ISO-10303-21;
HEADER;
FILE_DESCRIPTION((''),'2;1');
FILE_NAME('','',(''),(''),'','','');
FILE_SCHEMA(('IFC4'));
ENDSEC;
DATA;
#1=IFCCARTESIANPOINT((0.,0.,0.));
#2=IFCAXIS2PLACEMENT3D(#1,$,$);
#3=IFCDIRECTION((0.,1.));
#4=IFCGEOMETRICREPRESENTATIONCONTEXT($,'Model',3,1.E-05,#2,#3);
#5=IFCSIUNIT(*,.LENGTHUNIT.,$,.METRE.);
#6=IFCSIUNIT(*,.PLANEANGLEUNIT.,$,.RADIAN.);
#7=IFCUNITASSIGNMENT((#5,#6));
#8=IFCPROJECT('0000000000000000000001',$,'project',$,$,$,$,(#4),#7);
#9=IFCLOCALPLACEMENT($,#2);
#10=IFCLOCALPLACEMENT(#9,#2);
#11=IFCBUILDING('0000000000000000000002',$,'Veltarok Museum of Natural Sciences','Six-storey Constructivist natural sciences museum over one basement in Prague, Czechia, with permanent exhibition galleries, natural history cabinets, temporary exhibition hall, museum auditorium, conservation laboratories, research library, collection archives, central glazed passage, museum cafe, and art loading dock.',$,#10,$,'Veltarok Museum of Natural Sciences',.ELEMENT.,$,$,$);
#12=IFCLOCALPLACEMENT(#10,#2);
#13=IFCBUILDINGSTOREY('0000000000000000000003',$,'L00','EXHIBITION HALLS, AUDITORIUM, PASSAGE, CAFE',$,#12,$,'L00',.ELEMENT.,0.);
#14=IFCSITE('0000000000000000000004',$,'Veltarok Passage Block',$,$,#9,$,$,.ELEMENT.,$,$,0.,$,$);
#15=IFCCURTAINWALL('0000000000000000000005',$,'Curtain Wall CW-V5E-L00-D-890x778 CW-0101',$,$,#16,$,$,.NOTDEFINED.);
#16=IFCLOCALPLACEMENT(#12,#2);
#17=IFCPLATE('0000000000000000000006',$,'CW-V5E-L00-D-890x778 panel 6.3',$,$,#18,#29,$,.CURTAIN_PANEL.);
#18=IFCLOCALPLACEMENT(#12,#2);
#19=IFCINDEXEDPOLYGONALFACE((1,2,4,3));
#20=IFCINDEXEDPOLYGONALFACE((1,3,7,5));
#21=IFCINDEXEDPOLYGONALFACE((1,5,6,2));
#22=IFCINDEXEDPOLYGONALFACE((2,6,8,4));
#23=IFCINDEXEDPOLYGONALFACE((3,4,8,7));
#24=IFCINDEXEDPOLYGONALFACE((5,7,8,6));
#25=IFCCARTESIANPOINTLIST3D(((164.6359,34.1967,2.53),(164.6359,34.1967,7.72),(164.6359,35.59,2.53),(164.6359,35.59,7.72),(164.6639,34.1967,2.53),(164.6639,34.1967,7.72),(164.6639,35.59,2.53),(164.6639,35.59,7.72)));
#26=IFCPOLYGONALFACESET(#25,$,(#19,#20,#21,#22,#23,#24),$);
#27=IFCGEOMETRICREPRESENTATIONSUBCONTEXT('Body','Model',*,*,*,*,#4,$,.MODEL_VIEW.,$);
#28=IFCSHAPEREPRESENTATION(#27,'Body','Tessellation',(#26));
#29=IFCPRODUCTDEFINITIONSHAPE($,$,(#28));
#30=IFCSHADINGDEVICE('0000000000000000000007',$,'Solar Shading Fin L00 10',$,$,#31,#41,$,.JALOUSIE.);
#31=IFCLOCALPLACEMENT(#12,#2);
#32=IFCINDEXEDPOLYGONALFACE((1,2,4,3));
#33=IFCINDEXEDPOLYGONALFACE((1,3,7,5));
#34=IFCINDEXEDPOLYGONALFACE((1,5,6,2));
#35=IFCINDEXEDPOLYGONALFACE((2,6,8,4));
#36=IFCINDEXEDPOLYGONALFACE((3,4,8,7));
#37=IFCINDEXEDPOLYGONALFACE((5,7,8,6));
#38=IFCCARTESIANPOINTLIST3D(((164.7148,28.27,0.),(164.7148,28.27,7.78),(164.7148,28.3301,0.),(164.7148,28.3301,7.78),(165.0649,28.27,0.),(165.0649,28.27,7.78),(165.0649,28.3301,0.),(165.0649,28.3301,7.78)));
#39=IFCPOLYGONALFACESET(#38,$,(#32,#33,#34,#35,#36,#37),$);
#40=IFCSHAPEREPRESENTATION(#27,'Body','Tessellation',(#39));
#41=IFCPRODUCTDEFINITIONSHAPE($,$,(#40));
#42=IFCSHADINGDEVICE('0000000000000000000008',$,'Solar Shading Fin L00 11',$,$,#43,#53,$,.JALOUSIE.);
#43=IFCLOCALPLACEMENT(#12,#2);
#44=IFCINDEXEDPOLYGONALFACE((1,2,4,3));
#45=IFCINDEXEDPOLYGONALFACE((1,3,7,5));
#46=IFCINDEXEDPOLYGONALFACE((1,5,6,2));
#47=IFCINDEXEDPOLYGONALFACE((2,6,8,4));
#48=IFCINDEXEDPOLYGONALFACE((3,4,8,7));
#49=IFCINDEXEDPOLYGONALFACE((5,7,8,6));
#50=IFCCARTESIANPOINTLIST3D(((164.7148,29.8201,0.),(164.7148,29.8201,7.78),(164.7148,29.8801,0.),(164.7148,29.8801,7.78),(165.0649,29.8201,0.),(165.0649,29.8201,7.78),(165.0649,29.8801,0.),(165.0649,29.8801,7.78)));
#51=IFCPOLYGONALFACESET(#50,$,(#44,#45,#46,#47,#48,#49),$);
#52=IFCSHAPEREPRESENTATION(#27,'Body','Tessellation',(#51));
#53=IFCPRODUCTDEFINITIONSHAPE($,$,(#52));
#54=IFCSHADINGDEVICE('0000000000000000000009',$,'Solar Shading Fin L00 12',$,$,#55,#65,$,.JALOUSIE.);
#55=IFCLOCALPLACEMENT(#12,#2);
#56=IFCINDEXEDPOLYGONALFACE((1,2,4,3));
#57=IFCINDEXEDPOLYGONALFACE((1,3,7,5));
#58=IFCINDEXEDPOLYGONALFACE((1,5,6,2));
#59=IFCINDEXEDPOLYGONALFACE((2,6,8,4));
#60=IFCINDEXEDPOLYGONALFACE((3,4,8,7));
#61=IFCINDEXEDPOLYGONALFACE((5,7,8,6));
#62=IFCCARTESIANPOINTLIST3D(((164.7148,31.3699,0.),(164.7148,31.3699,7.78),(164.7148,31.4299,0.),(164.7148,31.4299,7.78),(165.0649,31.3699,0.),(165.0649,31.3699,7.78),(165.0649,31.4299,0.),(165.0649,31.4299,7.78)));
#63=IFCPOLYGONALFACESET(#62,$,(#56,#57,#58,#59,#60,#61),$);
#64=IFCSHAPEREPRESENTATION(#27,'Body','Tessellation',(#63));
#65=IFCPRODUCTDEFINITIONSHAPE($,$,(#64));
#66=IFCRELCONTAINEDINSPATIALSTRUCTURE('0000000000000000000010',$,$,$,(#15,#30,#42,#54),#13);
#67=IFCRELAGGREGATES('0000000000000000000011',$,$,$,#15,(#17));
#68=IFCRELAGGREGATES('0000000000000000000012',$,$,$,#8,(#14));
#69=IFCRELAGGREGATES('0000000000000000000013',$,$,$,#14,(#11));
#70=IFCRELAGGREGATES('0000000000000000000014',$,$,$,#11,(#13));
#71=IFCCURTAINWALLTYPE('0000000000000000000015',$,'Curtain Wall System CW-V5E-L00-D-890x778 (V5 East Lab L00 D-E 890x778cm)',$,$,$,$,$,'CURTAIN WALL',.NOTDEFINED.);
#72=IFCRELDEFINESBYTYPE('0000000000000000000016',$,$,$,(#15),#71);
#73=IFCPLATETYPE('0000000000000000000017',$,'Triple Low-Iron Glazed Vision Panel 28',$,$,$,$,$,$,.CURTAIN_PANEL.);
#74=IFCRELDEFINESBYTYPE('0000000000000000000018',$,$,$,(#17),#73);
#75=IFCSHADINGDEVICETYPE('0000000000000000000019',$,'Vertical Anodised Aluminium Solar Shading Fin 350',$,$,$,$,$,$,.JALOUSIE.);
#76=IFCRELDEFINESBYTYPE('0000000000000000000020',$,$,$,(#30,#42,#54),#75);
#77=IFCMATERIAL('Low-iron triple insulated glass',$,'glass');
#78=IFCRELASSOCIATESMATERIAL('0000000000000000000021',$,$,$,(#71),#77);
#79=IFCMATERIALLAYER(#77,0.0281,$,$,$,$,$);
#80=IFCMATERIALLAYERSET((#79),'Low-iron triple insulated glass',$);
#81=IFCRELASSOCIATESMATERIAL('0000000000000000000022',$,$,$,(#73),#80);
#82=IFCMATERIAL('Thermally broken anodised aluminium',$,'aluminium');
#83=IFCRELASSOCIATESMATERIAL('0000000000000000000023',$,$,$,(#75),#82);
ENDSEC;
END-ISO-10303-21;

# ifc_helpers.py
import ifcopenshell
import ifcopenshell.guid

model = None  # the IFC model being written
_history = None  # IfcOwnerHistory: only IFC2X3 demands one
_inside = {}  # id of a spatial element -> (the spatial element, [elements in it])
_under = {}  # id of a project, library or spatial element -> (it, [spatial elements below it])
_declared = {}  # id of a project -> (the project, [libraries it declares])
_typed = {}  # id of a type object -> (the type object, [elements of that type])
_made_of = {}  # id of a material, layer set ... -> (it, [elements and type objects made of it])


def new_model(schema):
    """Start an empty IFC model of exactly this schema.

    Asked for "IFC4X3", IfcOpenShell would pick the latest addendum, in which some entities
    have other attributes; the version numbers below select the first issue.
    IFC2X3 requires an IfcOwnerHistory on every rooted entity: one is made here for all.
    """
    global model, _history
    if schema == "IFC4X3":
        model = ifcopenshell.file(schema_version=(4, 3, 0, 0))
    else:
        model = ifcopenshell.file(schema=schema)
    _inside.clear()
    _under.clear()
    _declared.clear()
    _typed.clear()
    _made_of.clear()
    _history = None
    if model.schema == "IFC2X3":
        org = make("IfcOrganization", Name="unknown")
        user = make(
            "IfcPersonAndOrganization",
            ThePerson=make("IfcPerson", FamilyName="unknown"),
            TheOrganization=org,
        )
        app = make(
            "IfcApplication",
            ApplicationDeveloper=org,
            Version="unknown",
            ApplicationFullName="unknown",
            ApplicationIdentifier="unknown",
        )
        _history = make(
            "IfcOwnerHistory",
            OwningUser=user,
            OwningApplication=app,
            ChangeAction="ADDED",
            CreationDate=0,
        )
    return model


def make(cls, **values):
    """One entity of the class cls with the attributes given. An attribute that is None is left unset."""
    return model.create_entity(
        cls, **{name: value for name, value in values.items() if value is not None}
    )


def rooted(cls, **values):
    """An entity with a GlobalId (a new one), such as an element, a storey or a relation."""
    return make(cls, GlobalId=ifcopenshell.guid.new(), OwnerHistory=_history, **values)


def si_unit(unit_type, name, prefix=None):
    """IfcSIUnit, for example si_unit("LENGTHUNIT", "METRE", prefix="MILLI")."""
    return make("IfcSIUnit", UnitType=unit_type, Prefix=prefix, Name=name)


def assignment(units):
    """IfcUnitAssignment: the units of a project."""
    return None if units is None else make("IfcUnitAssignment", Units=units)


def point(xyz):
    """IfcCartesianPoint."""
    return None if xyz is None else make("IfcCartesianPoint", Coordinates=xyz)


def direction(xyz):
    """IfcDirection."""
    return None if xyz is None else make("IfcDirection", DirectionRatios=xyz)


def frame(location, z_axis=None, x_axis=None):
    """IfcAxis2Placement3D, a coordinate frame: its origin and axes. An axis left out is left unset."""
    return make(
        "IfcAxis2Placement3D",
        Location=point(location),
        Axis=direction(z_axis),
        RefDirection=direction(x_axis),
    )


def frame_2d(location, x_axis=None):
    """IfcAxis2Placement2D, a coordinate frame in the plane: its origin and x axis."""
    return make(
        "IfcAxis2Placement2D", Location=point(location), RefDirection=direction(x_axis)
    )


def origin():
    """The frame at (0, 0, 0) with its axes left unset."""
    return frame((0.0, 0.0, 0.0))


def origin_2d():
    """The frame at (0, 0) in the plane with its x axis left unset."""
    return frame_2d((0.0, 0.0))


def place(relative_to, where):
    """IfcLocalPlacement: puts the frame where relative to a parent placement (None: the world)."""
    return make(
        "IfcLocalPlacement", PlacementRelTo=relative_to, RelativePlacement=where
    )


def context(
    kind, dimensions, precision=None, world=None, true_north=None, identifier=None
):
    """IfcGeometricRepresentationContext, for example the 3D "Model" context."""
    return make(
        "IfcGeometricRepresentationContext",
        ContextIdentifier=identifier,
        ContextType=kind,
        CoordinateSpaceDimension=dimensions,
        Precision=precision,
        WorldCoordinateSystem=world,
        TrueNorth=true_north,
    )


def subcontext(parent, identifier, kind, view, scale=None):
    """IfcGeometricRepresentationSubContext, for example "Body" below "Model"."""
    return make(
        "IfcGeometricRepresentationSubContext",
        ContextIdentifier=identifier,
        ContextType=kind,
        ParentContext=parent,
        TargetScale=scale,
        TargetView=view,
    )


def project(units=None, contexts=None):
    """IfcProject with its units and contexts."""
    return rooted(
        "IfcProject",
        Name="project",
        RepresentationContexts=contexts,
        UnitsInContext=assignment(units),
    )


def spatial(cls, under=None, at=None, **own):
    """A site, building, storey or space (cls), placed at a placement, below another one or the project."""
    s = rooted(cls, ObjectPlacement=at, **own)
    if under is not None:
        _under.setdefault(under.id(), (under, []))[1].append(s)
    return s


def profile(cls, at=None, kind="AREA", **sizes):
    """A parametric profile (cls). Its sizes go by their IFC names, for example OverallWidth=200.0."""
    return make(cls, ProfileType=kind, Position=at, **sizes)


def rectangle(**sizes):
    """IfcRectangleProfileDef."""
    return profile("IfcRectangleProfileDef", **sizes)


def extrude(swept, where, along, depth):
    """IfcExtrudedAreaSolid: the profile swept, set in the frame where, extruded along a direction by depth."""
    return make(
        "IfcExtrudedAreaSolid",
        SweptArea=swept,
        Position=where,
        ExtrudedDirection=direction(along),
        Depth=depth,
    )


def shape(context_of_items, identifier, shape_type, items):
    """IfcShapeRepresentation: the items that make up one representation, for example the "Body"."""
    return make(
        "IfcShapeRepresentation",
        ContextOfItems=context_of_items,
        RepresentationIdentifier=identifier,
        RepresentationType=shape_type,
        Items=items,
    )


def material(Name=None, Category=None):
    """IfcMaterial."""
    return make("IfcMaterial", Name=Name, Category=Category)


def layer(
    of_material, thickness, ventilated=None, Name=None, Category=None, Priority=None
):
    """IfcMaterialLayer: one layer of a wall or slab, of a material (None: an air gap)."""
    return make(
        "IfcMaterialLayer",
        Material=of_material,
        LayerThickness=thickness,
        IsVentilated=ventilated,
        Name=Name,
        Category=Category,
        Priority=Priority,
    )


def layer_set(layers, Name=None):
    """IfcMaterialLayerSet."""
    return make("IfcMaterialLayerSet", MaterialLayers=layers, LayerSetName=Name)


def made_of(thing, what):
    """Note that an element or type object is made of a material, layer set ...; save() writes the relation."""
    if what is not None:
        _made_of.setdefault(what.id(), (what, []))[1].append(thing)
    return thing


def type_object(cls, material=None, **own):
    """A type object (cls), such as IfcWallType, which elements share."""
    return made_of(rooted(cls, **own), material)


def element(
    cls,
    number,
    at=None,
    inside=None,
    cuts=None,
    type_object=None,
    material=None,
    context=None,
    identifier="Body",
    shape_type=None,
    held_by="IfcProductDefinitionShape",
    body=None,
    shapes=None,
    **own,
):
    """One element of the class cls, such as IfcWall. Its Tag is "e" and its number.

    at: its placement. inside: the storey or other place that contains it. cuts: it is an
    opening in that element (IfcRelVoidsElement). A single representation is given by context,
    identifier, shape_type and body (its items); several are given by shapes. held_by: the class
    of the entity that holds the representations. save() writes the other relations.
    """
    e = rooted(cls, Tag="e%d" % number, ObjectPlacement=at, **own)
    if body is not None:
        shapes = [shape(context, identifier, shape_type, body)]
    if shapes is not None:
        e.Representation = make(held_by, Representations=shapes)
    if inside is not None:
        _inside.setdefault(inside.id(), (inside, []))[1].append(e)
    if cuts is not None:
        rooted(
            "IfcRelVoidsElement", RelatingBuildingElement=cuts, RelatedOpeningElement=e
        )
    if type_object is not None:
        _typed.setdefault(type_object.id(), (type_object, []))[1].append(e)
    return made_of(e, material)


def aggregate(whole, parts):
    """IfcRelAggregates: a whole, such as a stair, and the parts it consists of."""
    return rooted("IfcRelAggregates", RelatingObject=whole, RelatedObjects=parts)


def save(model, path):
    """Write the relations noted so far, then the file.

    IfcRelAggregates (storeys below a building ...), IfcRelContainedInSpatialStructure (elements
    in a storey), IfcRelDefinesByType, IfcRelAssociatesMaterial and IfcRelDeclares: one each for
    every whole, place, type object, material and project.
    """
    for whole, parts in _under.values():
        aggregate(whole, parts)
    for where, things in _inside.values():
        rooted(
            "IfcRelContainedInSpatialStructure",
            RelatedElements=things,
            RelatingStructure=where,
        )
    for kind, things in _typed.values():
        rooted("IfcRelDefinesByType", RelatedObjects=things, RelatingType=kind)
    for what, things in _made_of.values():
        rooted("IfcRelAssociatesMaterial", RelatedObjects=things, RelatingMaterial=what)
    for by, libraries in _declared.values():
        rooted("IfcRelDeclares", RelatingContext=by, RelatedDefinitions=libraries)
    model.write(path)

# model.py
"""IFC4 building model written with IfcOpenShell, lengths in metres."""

from ifc_helpers import new_model, si_unit, direction, frame, origin, origin_2d, place, context, subcontext, project, spatial, rectangle, extrude, material, layer, layer_set, type_object, element, aggregate, save


model = new_model("IFC4")

# Units and contexts
model_context = context("Model", 3, precision=1e-05, world=origin(), true_north=direction((0.0, 1.0)))
body_context = subcontext(model_context, "Body", "Model", "MODEL_VIEW")
ifc_project = project(units=[si_unit("LENGTHUNIT", "METRE"), si_unit("PLANEANGLEUNIT", "RADIAN")], contexts=[model_context])

# Site, building, storey
site_placement = place(None, origin())
site = spatial("IfcSite", under=ifc_project, at=site_placement, Name="Veltarok Passage Block", CompositionType="ELEMENT", RefElevation=0.0)
building_placement = place(site_placement, origin())
building = spatial("IfcBuilding", under=site, at=building_placement, Name="Veltarok Museum of Natural Sciences", Description="Six-storey Constructivist natural sciences museum over one basement in Prague, Czechia, with permanent exhibition galleries, natural history cabinets, temporary exhibition hall, museum auditorium, conservation laboratories, research library, collection archives, central glazed passage, museum cafe, and art loading dock.", LongName="Veltarok Museum of Natural Sciences", CompositionType="ELEMENT")
storey_placement = place(building_placement, origin())
storey = spatial("IfcBuildingStorey", under=building, at=storey_placement, Name="L00", Description="EXHIBITION HALLS, AUDITORIUM, PASSAGE, CAFE", LongName="L00", CompositionType="ELEMENT", Elevation=0.0)

# Curtain wall
ifc_material_1 = material(Name="Low-iron triple insulated glass", Category="glass")
curtain_wall_type = type_object("IfcCurtainWallType", Name="Curtain Wall System CW-V5E-L00-D-890x778 (V5 East Lab L00 D-E 890x778cm)", ElementType="CURTAIN WALL", PredefinedType="NOTDEFINED", material=ifc_material_1)
curtain_wall_placement = place(storey_placement, origin())
curtain_wall = element("IfcCurtainWall", 1, at=curtain_wall_placement, inside=storey, type_object=curtain_wall_type, Name="Curtain Wall CW-V5E-L00-D-890x778 CW-0101", PredefinedType="NOTDEFINED")
ifc_material_2 = material(Name="Thermally broken anodised aluminium", Category="aluminium")

# Plate
ifc_layer = layer(ifc_material_1, 0.0281)
ifc_layer_set = layer_set([ifc_layer], Name="Low-iron triple insulated glass")
plate_type = type_object("IfcPlateType", Name="Triple Low-Iron Glazed Vision Panel 28", PredefinedType="CURTAIN_PANEL", material=ifc_layer_set)
plate_1_placement = place(storey_placement, frame((164.6499, 34.8933, 2.53), z_axis=(0.0, 0.0, 1.0), x_axis=(0.0, 1.0, 0.0)))
plate_1 = element("IfcPlate", 2, at=plate_1_placement, type_object=plate_type, Name="CW-V5E-L00-D-890x778 panel 6.3", PredefinedType="CURTAIN_PANEL", context=body_context, shape_type="SweptSolid", body=[
    extrude(rectangle(XDim=1.3933, YDim=0.0281, at=origin_2d()), origin(), (0.0, 0.0, 1.0), 5.1899),
])
aggregate(curtain_wall, [plate_1])

# Shading devices
shading_device_type = type_object("IfcShadingDeviceType", Name="Vertical Anodised Aluminium Solar Shading Fin 350", PredefinedType="JALOUSIE", material=ifc_material_2)
for number, where, z_axis, x_axis, name in (
    (3, (164.8899, 28.3, 0.0), (0.0, 0.0, 1.0), (1.0, 0.0, 0.0), "Solar Shading Fin L00 10"),
    (4, (164.8899, 29.8501, 0.0), (0.0, 0.0, 1.0), (1.0, 0.0, 0.0), "Solar Shading Fin L00 11"),
    (5, (164.8899, 31.3999, 0.0), (0.0, 0.0, 1.0), (1.0, 0.0, 0.0), "Solar Shading Fin L00 12"),
):
    element("IfcShadingDevice", number, at=place(storey_placement, frame(where, z_axis=z_axis, x_axis=x_axis)), inside=storey, type_object=shading_device_type, Name=name, PredefinedType="JALOUSIE", context=body_context, shape_type="SweptSolid", body=[
        extrude(rectangle(XDim=0.3501, YDim=0.0601, at=origin_2d()), origin(), (0.0, 0.0, 1.0), 7.78),
    ])

save(model, "model.ifc")
